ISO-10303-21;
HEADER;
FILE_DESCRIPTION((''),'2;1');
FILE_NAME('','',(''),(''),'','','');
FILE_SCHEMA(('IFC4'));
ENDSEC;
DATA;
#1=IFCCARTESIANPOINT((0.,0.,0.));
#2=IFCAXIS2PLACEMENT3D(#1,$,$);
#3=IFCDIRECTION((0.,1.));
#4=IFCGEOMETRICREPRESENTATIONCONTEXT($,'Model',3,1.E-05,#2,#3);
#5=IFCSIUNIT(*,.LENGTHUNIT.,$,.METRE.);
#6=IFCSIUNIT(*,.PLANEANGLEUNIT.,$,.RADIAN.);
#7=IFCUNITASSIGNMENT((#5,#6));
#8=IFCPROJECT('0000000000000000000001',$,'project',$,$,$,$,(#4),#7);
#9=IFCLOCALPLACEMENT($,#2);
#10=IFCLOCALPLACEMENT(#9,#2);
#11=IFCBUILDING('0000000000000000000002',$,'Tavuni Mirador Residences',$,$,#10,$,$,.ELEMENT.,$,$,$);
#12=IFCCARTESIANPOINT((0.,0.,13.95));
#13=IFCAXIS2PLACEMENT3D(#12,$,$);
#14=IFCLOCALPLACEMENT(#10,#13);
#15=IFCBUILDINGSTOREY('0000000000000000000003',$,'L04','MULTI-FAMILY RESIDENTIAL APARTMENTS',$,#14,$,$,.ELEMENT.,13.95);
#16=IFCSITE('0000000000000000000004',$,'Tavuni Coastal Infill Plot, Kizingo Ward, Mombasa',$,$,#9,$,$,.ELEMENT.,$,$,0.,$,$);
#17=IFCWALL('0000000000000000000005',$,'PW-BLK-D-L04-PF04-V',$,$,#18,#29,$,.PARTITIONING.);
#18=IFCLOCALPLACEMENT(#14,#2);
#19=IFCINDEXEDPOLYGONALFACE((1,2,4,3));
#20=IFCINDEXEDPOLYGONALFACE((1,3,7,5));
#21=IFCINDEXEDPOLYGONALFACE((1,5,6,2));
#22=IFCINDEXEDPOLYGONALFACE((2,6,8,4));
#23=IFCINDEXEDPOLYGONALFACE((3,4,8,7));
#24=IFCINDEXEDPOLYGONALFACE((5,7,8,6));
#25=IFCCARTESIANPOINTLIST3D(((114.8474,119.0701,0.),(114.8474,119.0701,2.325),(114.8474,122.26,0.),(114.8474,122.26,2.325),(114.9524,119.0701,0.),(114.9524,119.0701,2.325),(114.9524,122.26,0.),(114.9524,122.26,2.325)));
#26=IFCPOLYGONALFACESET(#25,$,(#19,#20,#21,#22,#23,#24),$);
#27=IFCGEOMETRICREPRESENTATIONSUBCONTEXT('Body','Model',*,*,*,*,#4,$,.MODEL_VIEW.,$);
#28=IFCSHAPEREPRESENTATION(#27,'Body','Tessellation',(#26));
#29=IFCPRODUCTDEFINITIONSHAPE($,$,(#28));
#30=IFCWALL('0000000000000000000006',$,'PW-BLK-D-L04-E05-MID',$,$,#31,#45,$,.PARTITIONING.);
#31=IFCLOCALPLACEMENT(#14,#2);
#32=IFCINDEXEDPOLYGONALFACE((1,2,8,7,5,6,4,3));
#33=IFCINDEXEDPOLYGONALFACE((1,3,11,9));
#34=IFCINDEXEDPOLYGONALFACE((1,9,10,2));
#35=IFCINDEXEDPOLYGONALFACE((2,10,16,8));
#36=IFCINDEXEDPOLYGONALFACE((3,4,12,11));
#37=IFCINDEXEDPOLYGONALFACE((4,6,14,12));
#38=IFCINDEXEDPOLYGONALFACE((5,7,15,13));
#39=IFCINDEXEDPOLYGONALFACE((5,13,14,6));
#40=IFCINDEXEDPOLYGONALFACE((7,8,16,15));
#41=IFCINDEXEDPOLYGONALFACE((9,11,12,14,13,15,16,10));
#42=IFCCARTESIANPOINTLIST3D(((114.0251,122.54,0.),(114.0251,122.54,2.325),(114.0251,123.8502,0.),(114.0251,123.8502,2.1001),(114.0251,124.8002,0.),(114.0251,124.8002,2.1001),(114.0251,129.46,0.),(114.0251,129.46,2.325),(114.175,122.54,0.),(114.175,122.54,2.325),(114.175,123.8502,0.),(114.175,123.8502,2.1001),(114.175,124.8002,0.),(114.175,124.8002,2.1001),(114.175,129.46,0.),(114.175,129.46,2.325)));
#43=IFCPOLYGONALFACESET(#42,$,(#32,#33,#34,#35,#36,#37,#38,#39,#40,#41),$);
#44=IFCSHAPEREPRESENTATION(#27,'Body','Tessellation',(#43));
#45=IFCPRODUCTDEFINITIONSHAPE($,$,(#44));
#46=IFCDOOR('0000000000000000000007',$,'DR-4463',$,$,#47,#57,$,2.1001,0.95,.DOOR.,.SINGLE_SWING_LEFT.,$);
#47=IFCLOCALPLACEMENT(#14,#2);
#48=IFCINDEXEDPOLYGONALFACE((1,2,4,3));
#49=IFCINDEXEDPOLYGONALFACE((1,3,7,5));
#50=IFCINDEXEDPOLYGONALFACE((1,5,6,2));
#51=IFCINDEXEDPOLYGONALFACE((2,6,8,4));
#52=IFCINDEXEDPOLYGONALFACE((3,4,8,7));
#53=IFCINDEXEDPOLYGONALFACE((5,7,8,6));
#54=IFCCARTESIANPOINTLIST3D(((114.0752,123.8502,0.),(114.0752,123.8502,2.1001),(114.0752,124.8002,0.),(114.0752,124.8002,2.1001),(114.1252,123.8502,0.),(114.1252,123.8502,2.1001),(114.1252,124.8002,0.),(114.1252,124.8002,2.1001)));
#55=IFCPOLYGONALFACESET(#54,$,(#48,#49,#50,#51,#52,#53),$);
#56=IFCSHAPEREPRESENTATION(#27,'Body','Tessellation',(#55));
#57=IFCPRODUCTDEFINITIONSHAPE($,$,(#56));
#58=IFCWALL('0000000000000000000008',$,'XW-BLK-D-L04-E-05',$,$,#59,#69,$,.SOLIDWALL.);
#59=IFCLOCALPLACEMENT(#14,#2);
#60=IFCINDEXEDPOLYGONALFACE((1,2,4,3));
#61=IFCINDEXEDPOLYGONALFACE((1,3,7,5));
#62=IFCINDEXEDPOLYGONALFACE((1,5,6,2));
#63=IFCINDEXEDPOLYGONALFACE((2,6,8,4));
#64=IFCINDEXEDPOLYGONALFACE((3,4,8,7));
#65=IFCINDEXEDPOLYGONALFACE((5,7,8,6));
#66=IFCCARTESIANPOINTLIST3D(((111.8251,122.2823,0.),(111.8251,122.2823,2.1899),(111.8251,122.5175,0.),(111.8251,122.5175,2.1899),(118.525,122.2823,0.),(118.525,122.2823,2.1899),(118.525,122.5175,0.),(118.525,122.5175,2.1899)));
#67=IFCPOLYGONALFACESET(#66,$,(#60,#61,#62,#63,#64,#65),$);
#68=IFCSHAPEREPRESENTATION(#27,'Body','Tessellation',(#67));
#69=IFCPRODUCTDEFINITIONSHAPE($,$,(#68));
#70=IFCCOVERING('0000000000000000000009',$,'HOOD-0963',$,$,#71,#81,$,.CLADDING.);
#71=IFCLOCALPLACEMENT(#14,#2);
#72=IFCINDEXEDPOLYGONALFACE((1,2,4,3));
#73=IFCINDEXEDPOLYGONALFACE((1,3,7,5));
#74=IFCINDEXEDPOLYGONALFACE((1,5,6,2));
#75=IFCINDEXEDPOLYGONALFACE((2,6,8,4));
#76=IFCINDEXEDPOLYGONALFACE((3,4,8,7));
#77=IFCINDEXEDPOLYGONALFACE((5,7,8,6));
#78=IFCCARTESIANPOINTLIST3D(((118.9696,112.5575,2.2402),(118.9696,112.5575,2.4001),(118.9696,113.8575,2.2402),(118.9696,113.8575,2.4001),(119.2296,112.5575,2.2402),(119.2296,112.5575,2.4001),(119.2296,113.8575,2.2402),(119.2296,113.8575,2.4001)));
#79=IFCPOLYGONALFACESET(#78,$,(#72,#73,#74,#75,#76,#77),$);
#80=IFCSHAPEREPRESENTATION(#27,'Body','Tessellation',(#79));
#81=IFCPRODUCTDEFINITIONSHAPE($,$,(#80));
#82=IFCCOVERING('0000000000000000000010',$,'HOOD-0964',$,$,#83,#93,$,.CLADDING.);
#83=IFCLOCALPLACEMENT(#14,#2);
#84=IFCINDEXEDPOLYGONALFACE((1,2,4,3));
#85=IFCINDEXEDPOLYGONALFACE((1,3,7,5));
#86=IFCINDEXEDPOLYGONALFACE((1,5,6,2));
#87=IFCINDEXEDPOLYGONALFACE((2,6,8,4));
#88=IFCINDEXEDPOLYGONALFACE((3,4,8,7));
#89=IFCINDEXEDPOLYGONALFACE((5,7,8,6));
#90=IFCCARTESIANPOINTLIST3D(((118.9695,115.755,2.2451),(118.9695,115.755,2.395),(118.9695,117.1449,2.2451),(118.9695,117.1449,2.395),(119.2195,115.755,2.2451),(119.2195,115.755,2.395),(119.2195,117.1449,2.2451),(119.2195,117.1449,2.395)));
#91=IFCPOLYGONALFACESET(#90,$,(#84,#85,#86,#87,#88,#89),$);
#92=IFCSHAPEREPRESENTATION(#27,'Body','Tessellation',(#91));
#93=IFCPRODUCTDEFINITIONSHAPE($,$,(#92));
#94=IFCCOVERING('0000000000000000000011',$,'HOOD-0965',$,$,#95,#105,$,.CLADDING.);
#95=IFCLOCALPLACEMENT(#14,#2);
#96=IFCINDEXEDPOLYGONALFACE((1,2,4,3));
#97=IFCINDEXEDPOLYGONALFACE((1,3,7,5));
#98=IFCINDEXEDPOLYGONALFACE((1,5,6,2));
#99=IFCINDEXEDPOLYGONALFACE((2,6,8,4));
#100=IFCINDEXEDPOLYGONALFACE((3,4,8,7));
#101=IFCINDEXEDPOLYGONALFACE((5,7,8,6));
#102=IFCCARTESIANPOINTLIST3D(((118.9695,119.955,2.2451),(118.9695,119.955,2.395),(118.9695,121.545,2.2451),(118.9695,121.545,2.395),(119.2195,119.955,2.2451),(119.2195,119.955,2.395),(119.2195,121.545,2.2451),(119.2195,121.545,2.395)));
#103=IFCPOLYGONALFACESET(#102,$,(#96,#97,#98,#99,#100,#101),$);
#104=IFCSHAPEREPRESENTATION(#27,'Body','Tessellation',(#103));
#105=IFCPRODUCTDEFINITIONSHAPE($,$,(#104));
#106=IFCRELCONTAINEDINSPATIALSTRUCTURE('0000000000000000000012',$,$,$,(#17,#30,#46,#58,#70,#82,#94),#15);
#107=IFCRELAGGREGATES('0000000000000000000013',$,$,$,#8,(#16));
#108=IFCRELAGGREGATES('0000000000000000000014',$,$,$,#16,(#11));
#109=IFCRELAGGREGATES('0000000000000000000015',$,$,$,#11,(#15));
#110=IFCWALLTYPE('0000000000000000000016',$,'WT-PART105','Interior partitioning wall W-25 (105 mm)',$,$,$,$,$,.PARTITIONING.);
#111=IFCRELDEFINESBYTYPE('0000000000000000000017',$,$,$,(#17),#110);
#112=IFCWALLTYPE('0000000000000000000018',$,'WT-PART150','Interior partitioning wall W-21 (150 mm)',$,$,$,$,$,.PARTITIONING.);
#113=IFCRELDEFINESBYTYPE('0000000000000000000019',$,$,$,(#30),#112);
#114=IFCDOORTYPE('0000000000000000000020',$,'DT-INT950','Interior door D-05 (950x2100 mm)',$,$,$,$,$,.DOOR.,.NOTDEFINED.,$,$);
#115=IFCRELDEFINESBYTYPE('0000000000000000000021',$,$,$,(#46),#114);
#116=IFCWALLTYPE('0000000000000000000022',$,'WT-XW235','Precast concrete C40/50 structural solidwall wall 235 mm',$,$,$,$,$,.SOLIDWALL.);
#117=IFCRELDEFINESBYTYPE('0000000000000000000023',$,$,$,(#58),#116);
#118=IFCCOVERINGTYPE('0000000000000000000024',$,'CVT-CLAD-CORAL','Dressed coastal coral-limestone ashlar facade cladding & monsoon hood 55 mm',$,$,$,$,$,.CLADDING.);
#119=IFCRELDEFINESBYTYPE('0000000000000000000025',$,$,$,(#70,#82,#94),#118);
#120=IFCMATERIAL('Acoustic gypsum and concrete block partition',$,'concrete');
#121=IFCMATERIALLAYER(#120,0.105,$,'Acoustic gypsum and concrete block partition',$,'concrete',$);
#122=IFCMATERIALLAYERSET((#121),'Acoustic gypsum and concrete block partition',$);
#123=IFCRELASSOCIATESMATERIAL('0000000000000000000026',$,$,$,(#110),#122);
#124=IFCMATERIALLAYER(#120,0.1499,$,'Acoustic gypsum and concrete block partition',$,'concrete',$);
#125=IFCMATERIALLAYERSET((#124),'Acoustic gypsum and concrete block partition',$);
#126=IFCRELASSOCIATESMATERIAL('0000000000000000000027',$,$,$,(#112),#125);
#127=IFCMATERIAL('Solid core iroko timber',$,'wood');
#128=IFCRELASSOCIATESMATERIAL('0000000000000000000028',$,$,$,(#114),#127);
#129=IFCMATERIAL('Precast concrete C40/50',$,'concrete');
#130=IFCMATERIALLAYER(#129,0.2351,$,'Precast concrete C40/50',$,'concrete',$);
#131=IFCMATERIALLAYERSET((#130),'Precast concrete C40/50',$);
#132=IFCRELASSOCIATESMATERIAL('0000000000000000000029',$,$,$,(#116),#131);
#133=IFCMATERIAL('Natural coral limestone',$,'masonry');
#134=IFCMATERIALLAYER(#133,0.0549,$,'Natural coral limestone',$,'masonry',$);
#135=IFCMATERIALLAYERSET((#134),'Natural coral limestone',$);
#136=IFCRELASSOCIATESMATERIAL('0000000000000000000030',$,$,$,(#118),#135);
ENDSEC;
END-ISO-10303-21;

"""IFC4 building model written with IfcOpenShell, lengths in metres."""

from ifc_helpers import new_model, si_unit, direction, frame, frame_2d, origin, origin_2d, place, context, subcontext, project, spatial, rectangle, extrude, material, layer, layer_set, type_object, element, fill, save


model = new_model("IFC4")

# Units and contexts
model_context = context("Model", 3, precision=1e-05, world=origin(), true_north=direction((0.0, 1.0)))
body_context = subcontext(model_context, "Body", "Model", "MODEL_VIEW")
ifc_project = project(units=[si_unit("LENGTHUNIT", "METRE"), si_unit("PLANEANGLEUNIT", "RADIAN")], contexts=[model_context])

# Site, building, storey
site_placement = place(None, origin())
site = spatial("IfcSite", under=ifc_project, at=site_placement, Name="Tavuni Coastal Infill Plot, Kizingo Ward, Mombasa", CompositionType="ELEMENT", RefElevation=0.0)
building_placement = place(site_placement, origin())
building = spatial("IfcBuilding", under=site, at=building_placement, Name="Tavuni Mirador Residences", CompositionType="ELEMENT")
storey_placement = place(building_placement, frame((0.0, 0.0, 13.95)))
storey = spatial("IfcBuildingStorey", under=building, at=storey_placement, Name="L04", Description="MULTI-FAMILY RESIDENTIAL APARTMENTS", CompositionType="ELEMENT", Elevation=13.95)

# Shared definitions
ifc_material_1 = material(Name="Precast concrete C40/50", Category="concrete")

# Wall
ifc_material_2 = material(Name="Acoustic gypsum and concrete block partition", Category="concrete")
ifc_layer_1 = layer(ifc_material_2, 0.105, Name="Acoustic gypsum and concrete block partition", Category="concrete")
ifc_layer_set_1 = layer_set([ifc_layer_1], Name="Acoustic gypsum and concrete block partition")
wall_type_1 = type_object("IfcWallType", Name="WT-PART105", Description="Interior partitioning wall W-25 (105 mm)", PredefinedType="PARTITIONING", material=ifc_layer_set_1)
wall_1_placement = place(storey_placement, frame((114.8999, 119.0701, 0.0), z_axis=(0.0, 0.0, 1.0), x_axis=(0.0, 1.0, 0.0)))
element("IfcWall", 1, at=wall_1_placement, inside=storey, type_object=wall_type_1, Name="PW-BLK-D-L04-PF04-V", PredefinedType="PARTITIONING", context=body_context, shape_type="SweptSolid", body=[
    extrude(rectangle(XDim=3.1899, YDim=0.105, at=frame_2d((1.595, 0.0))), origin(), (0.0, 0.0, 1.0), 2.325),
])

# Wall, opening, door
ifc_layer_2 = layer(ifc_material_2, 0.1499, Name="Acoustic gypsum and concrete block partition", Category="concrete")
ifc_layer_set_2 = layer_set([ifc_layer_2], Name="Acoustic gypsum and concrete block partition")
wall_type_2 = type_object("IfcWallType", Name="WT-PART150", Description="Interior partitioning wall W-21 (150 mm)", PredefinedType="PARTITIONING", material=ifc_layer_set_2)
wall_2_placement = place(storey_placement, frame((114.1001, 122.54, 0.0), z_axis=(0.0, 0.0, 1.0), x_axis=(0.0, 1.0, 0.0)))
wall_2 = element("IfcWall", 2, at=wall_2_placement, inside=storey, type_object=wall_type_2, Name="PW-BLK-D-L04-E05-MID", PredefinedType="PARTITIONING", context=body_context, shape_type="SweptSolid", body=[
    extrude(rectangle(XDim=6.9199, YDim=0.1499, at=frame_2d((3.46, 0.0))), origin(), (0.0, 0.0, 1.0), 2.325),
])
opening_1_placement = place(wall_2_placement, frame((1.3101, 0.0, 0.0)))
opening_1 = element("IfcOpeningElement", 3, at=opening_1_placement, cuts=wall_2, PredefinedType="OPENING", context=body_context, shape_type="SweptSolid", body=[
    extrude(rectangle(XDim=0.95, YDim=2.1001, at=frame_2d((0.4751, 1.05))), frame((0.0, 0.085, 0.0), z_axis=(0.0, -1.0, 0.0), x_axis=(1.0, 0.0, 0.0)), (0.0, 0.0, 1.0), 0.1699),
])
ifc_material_3 = material(Name="Solid core iroko timber", Category="wood")
door_type = type_object("IfcDoorType", Name="DT-INT950", Description="Interior door D-05 (950x2100 mm)", OperationType="NOTDEFINED", PredefinedType="DOOR", material=ifc_material_3)
door_placement = place(opening_1_placement, origin())
door = element("IfcDoor", 4, at=door_placement, inside=storey, type_object=door_type, Name="DR-4463", OperationType="SINGLE_SWING_LEFT", OverallHeight=2.1001, OverallWidth=0.95, PredefinedType="DOOR", context=body_context, shape_type="SweptSolid", body=[
    extrude(rectangle(XDim=0.95, YDim=2.1001, at=frame_2d((0.4751, 1.05))), frame((0.0, 0.0249, 0.0), z_axis=(0.0, -1.0, 0.0), x_axis=(1.0, 0.0, 0.0)), (0.0, 0.0, 1.0), 0.05),
])
fill(opening_1, door)

# Wall
ifc_layer_3 = layer(ifc_material_1, 0.2351, Name="Precast concrete C40/50", Category="concrete")
ifc_layer_set_3 = layer_set([ifc_layer_3], Name="Precast concrete C40/50")
wall_type_3 = type_object("IfcWallType", Name="WT-XW235", Description="Precast concrete C40/50 structural solidwall wall 235 mm", PredefinedType="SOLIDWALL", material=ifc_layer_set_3)
wall_3_placement = place(storey_placement, frame((111.825, 122.3999, 0.0), z_axis=(0.0, 0.0, 1.0), x_axis=(1.0, 0.0, 0.0)))
element("IfcWall", 5, at=wall_3_placement, inside=storey, type_object=wall_type_3, Name="XW-BLK-D-L04-E-05", PredefinedType="SOLIDWALL", context=body_context, shape_type="SweptSolid", body=[
    extrude(rectangle(XDim=6.7, YDim=0.2351, at=frame_2d((3.3501, 0.0))), origin(), (0.0, 0.0, 1.0), 2.1899),
])

# Coverings
ifc_material_4 = material(Name="Natural coral limestone", Category="masonry")
ifc_layer_4 = layer(ifc_material_4, 0.0549, Name="Natural coral limestone", Category="masonry")
ifc_layer_set_4 = layer_set([ifc_layer_4], Name="Natural coral limestone")
covering_type = type_object("IfcCoveringType", Name="CVT-CLAD-CORAL", Description="Dressed coastal coral-limestone ashlar facade cladding & monsoon hood 55 mm", PredefinedType="CLADDING", material=ifc_layer_set_4)
covering_1_placement = place(storey_placement, frame((119.0996, 113.2075, 2.2402), z_axis=(0.0, 0.0, 1.0), x_axis=(0.0, 1.0, 0.0)))
element("IfcCovering", 6, at=covering_1_placement, inside=storey, type_object=covering_type, Name="HOOD-0963", PredefinedType="CLADDING", context=body_context, shape_type="SweptSolid", body=[
    extrude(rectangle(XDim=1.3, YDim=0.26, at=origin_2d()), origin(), (0.0, 0.0, 1.0), 0.1599),
])
covering_2_placement = place(storey_placement, frame((119.0945, 116.45, 2.2451), z_axis=(0.0, 0.0, 1.0), x_axis=(0.0, 1.0, 0.0)))
element("IfcCovering", 7, at=covering_2_placement, inside=storey, type_object=covering_type, Name="HOOD-0964", PredefinedType="CLADDING", context=body_context, shape_type="SweptSolid", body=[
    extrude(rectangle(XDim=1.3899, YDim=0.25, at=origin_2d()), origin(), (0.0, 0.0, 1.0), 0.1499),
])
covering_3_placement = place(storey_placement, frame((119.0945, 120.75, 2.2451), z_axis=(0.0, 0.0, 1.0), x_axis=(0.0, 1.0, 0.0)))
element("IfcCovering", 8, at=covering_3_placement, inside=storey, type_object=covering_type, Name="HOOD-0965", PredefinedType="CLADDING", context=body_context, shape_type="SweptSolid", body=[
    extrude(rectangle(XDim=1.5901, YDim=0.25, at=origin_2d()), origin(), (0.0, 0.0, 1.0), 0.1499),
])

save(model, "model.ifc")
